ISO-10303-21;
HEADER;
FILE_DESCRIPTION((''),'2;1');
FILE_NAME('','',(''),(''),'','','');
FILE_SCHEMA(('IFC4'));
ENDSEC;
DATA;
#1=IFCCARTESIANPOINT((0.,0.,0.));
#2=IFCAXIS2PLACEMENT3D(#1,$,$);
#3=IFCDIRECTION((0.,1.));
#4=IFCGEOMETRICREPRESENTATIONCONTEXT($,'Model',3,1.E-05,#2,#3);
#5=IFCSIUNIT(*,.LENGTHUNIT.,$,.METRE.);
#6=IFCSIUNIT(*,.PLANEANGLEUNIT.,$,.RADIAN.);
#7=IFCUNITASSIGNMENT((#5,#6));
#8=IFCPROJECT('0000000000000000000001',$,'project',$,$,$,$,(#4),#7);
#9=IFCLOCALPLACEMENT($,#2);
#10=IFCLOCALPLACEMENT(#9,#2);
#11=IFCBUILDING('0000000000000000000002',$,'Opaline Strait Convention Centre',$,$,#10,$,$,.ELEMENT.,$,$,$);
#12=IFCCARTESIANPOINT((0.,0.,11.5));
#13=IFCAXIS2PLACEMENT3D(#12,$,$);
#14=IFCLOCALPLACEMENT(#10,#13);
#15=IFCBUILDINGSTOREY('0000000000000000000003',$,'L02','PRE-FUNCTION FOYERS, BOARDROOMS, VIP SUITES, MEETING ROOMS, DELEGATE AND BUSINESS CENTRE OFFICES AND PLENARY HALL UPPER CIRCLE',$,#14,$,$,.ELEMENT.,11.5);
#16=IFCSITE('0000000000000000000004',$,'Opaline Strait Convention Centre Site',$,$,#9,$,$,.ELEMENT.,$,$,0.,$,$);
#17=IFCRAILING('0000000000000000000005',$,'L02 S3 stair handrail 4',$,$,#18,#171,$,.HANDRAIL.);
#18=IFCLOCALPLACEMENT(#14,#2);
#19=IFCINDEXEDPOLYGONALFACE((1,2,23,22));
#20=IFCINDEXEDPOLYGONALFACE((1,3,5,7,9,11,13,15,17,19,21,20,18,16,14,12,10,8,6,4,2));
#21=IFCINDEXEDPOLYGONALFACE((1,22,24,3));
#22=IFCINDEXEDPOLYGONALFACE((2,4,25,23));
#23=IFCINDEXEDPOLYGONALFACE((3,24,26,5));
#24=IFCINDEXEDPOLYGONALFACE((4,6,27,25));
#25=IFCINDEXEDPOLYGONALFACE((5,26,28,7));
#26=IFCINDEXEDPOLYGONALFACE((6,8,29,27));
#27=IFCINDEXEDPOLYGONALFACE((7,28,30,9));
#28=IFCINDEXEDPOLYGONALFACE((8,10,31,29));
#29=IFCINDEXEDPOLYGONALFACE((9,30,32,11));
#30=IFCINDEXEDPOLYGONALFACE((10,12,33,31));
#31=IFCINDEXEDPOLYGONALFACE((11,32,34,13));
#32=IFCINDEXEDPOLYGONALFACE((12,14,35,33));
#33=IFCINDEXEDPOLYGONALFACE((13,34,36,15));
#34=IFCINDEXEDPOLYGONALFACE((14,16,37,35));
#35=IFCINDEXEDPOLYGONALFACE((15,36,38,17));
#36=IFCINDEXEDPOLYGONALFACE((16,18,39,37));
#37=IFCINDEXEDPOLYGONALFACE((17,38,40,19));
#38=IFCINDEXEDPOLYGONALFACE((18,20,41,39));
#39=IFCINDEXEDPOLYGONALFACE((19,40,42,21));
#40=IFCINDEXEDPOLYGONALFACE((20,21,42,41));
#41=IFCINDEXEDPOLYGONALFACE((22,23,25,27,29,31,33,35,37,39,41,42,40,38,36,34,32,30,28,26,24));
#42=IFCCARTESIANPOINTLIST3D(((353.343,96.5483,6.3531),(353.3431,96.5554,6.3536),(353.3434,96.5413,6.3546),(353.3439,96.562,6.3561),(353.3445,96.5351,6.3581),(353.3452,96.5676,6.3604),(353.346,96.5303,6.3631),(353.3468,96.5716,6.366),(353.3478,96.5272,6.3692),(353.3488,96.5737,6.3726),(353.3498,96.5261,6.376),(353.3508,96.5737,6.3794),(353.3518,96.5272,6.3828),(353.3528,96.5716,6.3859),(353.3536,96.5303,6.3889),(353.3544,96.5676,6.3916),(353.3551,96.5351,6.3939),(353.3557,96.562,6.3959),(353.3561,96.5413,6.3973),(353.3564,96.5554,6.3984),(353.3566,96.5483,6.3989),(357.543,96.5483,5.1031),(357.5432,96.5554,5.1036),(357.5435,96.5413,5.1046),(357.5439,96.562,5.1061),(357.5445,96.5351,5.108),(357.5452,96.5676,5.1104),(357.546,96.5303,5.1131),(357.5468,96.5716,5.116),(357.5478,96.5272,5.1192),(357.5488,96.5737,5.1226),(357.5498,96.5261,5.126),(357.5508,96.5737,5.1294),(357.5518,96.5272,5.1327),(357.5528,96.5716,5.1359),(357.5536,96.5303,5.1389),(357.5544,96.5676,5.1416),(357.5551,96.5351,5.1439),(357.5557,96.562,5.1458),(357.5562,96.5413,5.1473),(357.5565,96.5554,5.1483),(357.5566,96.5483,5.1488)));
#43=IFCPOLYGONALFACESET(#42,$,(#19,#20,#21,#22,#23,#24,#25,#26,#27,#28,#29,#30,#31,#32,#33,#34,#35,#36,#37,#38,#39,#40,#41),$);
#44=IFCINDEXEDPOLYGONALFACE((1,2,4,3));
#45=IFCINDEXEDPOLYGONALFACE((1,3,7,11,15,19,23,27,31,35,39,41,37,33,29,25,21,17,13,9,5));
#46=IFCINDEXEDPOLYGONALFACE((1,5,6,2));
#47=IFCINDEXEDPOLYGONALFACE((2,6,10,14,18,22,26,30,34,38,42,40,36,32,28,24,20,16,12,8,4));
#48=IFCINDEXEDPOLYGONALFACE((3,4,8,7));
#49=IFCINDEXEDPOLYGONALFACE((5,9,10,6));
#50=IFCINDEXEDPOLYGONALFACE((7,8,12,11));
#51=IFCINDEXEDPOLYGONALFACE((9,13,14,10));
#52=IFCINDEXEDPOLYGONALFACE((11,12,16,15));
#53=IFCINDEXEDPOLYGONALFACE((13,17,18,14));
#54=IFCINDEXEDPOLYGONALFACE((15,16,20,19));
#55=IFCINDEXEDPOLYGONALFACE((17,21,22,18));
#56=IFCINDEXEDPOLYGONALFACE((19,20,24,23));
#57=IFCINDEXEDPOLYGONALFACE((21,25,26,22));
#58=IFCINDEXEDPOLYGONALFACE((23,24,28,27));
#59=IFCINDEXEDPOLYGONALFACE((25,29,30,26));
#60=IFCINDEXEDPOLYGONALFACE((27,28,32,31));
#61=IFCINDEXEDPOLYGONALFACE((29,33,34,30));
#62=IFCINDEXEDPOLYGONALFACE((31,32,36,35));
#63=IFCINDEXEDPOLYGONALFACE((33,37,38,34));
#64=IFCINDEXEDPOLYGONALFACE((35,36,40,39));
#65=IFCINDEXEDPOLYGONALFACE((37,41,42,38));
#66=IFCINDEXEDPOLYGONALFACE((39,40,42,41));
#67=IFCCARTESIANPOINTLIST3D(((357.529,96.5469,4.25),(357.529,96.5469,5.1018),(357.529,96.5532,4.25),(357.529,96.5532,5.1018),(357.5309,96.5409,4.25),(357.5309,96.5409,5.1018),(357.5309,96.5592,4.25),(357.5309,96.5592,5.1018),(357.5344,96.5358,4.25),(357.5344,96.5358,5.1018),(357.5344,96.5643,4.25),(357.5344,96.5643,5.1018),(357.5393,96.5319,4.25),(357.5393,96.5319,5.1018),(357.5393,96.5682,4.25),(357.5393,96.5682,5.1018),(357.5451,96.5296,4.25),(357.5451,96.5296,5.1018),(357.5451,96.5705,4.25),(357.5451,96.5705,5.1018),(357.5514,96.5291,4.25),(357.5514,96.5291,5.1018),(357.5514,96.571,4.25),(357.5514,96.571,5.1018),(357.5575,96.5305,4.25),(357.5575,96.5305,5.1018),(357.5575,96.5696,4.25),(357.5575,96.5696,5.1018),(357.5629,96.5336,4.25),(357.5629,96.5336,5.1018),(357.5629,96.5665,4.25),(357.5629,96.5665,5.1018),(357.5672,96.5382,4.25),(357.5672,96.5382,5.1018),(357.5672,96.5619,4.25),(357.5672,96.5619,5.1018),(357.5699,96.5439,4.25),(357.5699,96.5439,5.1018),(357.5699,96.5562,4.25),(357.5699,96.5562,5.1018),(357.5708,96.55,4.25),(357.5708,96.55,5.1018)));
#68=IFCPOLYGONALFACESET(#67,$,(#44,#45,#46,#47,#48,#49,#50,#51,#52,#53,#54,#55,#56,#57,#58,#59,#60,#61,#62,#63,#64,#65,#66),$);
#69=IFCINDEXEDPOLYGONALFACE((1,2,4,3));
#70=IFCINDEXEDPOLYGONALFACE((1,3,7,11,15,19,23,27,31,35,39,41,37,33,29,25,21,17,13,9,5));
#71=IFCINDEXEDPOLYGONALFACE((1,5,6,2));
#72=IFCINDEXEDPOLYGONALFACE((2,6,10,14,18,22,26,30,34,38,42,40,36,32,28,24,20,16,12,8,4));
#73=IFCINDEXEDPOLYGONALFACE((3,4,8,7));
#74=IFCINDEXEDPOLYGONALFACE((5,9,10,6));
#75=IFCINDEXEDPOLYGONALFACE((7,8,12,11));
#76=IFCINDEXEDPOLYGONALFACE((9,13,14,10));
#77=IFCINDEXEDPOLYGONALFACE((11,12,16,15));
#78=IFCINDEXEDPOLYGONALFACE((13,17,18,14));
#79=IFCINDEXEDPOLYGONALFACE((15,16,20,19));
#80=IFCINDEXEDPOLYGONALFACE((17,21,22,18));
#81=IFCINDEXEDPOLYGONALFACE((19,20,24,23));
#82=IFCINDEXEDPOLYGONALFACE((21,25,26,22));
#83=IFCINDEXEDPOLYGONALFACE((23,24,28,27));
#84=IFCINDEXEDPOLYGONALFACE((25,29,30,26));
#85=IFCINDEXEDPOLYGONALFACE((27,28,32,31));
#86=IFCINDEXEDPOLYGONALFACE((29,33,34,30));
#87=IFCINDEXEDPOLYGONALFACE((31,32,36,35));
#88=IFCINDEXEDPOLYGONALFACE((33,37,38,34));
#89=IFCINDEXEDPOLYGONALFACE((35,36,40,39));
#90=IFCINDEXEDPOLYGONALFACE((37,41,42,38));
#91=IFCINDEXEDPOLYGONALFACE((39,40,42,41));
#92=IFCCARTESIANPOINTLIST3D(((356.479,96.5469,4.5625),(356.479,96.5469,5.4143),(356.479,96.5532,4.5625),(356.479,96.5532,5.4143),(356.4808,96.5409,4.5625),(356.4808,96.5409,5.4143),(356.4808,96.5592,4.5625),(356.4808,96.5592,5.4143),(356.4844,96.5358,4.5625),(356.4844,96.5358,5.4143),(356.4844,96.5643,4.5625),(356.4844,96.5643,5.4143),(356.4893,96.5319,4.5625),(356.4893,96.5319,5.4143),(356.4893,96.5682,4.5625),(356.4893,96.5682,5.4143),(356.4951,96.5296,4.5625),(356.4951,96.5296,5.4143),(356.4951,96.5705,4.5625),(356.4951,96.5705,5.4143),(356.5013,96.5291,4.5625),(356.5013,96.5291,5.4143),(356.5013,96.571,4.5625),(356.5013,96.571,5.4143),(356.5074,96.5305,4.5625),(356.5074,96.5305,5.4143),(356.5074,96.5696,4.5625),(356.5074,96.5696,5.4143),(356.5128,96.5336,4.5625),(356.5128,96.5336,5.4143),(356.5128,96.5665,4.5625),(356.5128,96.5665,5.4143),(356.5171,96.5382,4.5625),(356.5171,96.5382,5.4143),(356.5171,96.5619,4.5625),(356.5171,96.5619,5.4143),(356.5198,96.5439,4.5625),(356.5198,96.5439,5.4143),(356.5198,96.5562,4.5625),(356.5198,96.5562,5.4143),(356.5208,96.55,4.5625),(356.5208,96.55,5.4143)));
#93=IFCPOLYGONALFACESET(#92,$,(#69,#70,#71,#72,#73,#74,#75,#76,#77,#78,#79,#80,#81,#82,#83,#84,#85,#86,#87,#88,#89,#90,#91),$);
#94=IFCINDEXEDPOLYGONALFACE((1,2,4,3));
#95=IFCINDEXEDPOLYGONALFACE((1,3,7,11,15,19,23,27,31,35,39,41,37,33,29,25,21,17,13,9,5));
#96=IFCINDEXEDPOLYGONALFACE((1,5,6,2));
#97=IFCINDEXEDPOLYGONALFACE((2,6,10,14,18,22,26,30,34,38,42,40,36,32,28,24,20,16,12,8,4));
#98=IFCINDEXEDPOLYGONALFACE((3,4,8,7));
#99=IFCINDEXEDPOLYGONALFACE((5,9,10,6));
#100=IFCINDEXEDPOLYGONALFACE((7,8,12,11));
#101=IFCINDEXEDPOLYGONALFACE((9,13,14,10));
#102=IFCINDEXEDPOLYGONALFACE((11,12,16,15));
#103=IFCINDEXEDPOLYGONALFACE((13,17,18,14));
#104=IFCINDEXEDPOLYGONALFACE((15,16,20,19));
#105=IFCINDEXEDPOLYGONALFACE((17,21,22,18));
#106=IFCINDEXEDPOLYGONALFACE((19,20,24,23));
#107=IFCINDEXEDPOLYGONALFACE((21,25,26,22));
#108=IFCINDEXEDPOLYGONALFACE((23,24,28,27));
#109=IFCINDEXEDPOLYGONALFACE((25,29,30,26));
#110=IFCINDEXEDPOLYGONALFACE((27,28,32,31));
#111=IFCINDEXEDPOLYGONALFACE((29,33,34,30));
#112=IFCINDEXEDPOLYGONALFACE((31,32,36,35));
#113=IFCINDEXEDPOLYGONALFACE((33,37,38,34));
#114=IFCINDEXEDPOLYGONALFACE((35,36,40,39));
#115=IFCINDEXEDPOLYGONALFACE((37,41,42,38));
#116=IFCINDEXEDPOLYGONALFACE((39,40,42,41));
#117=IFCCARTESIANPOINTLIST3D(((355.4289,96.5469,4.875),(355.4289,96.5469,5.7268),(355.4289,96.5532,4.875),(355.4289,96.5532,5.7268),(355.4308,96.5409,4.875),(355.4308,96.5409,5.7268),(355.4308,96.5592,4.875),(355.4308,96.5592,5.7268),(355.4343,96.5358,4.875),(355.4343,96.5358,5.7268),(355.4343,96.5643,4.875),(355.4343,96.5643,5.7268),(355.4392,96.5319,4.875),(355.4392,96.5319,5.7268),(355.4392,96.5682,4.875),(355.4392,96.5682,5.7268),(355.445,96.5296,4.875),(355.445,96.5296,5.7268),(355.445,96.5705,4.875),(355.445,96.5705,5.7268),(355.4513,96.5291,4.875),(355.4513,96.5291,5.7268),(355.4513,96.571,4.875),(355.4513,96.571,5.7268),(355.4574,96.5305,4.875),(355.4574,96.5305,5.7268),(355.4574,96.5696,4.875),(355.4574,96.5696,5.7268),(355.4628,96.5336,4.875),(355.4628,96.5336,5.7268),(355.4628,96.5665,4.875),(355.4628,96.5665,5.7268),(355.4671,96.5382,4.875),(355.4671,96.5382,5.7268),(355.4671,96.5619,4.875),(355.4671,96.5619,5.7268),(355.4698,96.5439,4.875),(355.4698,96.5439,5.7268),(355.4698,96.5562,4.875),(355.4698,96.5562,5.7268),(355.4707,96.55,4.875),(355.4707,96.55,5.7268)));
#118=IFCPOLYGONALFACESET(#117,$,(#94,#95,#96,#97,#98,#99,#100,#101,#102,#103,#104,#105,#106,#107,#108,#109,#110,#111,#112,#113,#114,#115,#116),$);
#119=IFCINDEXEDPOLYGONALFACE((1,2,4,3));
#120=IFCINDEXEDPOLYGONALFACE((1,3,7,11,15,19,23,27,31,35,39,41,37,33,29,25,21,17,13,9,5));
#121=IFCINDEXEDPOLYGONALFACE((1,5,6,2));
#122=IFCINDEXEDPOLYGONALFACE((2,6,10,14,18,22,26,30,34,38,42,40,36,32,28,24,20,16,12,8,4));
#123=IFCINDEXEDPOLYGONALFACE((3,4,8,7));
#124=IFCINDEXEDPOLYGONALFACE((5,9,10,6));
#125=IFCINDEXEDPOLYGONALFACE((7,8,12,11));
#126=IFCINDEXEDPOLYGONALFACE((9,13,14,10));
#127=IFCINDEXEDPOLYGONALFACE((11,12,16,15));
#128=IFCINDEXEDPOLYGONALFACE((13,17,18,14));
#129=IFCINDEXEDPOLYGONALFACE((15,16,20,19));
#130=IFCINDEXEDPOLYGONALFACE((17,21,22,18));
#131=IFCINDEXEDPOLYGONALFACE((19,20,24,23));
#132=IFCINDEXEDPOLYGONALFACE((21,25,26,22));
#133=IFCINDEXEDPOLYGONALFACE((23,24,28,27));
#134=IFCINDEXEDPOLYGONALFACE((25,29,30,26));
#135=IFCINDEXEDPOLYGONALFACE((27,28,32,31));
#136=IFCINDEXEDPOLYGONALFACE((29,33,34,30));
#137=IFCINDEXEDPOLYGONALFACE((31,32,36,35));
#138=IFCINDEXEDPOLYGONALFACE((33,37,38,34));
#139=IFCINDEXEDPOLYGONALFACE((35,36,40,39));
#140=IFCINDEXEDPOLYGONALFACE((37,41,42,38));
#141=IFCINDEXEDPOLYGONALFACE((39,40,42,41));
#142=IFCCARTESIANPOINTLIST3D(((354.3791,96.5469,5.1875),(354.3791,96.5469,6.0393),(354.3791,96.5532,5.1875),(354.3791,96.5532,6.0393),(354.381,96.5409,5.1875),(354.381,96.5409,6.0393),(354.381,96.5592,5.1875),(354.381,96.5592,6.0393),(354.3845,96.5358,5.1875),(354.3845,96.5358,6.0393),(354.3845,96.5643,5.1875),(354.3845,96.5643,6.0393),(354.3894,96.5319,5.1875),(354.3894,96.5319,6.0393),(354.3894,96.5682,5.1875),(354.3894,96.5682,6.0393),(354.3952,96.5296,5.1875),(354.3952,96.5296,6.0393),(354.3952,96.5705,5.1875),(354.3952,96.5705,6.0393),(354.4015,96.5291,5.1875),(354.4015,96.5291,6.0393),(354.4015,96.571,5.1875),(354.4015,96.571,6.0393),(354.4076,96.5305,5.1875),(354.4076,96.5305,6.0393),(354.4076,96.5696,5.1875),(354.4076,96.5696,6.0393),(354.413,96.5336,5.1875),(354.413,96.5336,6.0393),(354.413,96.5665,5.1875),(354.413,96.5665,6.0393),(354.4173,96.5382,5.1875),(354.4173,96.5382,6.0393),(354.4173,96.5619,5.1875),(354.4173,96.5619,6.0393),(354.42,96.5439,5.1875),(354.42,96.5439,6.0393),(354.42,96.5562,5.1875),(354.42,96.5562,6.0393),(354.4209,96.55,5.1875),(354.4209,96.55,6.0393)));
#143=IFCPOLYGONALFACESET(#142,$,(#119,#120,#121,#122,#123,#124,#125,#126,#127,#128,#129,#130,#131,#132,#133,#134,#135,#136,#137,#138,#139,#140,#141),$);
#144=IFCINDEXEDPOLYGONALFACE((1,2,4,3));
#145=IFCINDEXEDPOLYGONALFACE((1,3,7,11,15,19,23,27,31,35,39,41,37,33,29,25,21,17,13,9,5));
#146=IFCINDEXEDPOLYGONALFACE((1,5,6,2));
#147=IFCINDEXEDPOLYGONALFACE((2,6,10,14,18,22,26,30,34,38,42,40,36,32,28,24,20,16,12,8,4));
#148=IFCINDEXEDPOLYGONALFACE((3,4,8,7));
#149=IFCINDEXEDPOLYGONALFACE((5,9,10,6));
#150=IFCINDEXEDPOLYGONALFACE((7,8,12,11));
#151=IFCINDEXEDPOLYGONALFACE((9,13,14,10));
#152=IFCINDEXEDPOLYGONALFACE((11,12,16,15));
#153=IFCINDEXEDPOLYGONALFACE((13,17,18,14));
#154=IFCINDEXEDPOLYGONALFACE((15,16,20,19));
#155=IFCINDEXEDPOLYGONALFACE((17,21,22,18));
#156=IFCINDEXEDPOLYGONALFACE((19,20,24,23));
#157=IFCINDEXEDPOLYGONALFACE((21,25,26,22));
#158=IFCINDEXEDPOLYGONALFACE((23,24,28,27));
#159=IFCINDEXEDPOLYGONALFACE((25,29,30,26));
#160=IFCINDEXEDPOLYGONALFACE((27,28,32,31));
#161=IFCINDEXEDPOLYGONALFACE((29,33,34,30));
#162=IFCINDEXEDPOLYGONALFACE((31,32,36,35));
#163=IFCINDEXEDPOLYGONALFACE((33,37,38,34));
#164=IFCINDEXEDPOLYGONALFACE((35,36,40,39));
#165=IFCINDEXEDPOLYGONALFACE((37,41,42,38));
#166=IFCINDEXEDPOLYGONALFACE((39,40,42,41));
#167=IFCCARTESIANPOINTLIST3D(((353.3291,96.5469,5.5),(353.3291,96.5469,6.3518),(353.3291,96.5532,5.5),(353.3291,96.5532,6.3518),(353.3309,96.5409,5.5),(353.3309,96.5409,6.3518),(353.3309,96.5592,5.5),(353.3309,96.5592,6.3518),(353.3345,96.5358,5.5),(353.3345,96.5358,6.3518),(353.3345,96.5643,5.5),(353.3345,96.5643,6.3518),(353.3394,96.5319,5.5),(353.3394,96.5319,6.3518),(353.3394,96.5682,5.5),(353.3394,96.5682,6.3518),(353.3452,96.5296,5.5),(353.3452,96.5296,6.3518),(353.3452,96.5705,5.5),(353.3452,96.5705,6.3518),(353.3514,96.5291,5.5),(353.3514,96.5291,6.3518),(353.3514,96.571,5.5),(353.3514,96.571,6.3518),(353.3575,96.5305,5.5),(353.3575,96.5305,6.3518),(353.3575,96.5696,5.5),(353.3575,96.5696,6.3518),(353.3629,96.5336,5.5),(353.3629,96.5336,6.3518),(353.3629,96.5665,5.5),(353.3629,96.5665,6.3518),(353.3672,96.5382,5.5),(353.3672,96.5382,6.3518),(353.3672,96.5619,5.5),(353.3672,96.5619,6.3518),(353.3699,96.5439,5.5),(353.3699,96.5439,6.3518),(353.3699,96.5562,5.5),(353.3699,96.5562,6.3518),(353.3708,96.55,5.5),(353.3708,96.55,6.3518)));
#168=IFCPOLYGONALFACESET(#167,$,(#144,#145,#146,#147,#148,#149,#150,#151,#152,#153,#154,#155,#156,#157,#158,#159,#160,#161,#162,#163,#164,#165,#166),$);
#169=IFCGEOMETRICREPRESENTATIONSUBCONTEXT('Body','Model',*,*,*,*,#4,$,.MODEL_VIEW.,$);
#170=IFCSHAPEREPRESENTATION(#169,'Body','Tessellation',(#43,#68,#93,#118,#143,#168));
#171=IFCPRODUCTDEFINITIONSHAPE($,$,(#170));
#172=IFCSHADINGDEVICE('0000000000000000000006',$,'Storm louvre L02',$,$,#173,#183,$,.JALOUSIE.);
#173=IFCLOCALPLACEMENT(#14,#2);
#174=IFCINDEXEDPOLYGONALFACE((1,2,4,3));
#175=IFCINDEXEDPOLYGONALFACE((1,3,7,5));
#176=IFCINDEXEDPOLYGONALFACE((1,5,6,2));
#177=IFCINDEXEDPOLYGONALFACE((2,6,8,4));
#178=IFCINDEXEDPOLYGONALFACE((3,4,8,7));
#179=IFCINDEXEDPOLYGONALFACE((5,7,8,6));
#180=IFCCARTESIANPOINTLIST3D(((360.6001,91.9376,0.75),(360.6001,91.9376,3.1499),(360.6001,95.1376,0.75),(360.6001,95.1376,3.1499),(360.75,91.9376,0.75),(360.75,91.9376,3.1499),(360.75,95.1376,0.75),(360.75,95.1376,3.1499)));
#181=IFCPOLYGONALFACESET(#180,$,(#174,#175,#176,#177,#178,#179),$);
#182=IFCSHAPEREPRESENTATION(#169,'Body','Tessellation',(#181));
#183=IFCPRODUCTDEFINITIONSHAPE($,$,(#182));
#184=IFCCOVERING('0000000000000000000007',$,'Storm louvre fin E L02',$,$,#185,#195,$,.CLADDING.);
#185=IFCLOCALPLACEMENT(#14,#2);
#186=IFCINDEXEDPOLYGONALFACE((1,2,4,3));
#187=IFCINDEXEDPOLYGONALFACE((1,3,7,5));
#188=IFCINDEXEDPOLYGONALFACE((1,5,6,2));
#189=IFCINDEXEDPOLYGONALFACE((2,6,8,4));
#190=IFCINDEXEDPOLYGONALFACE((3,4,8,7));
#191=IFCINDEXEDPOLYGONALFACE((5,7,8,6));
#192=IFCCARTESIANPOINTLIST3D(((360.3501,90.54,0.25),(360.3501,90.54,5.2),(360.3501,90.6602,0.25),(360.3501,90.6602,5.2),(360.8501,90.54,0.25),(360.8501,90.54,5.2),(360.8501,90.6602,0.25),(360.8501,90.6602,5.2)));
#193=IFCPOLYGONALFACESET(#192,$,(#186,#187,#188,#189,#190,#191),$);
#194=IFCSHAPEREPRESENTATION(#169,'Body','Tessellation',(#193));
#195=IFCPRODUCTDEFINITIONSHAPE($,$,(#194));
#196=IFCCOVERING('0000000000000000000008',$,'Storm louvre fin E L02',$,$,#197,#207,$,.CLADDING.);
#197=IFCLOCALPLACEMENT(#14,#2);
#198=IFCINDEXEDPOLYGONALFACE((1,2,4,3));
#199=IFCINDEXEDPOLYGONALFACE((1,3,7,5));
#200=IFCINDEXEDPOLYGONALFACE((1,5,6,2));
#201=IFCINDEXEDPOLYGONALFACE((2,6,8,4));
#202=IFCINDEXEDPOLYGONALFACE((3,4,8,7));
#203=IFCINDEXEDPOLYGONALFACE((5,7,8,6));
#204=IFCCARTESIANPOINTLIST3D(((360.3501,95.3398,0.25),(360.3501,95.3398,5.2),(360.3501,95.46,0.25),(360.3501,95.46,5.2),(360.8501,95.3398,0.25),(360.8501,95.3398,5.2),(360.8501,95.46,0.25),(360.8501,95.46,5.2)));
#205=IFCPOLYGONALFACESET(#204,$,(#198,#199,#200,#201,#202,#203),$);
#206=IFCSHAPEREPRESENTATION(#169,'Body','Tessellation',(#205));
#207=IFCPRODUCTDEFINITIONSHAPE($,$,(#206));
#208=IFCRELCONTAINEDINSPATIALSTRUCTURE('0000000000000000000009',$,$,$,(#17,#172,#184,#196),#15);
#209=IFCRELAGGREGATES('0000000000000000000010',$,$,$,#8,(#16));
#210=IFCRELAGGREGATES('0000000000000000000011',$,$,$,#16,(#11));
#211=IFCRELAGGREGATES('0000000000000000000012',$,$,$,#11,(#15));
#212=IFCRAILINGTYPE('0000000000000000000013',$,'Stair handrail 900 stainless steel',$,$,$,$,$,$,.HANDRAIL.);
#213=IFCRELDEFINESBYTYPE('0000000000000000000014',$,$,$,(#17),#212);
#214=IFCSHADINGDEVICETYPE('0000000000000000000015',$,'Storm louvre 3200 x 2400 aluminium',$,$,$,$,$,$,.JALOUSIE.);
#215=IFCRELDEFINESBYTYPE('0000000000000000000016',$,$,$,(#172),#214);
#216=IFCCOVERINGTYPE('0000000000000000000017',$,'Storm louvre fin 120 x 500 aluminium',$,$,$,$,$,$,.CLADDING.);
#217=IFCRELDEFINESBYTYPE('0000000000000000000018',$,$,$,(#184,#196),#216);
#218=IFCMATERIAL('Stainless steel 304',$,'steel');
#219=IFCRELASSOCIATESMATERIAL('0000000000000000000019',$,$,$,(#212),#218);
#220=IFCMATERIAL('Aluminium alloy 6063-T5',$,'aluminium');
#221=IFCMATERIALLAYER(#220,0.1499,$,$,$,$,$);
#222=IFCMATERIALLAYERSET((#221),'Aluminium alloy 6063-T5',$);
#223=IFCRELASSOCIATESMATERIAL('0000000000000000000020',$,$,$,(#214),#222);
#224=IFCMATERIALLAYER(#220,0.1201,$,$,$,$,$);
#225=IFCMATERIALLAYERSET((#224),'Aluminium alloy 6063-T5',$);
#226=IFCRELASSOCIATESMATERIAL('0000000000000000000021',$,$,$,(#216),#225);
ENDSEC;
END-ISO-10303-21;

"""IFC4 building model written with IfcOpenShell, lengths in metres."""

from ifc_helpers import new_model, si_unit, direction, frame, origin, origin_2d, place, context, subcontext, project, spatial, rectangle, circle, extrude, material, layer, layer_set, type_object, element, save


model = new_model("IFC4")

# Units and contexts
model_context = context("Model", 3, precision=1e-05, world=origin(), true_north=direction((0.0, 1.0)))
body_context = subcontext(model_context, "Body", "Model", "MODEL_VIEW")
ifc_project = project(units=[si_unit("LENGTHUNIT", "METRE"), si_unit("PLANEANGLEUNIT", "RADIAN")], contexts=[model_context])

# Site, building, storey
site_placement = place(None, origin())
site = spatial("IfcSite", under=ifc_project, at=site_placement, Name="Opaline Strait Convention Centre Site", CompositionType="ELEMENT", RefElevation=0.0)
building_placement = place(site_placement, origin())
building = spatial("IfcBuilding", under=site, at=building_placement, Name="Opaline Strait Convention Centre", CompositionType="ELEMENT")
storey_placement = place(building_placement, frame((0.0, 0.0, 11.5)))
storey = spatial("IfcBuildingStorey", under=building, at=storey_placement, Name="L02", Description="PRE-FUNCTION FOYERS, BOARDROOMS, VIP SUITES, MEETING ROOMS, DELEGATE AND BUSINESS CENTRE OFFICES AND PLENARY HALL UPPER CIRCLE", CompositionType="ELEMENT", Elevation=11.5)

# Railing
ifc_material_1 = material(Name="Stainless steel 304", Category="steel")
railing_type_1 = type_object("IfcRailingType", Name="Stair handrail 900 stainless steel", PredefinedType="HANDRAIL", material=ifc_material_1)
for number, where, name in (
    (1, (357.5498, 96.55, 4.25), "L02 S3 stair handrail 4"),
):
    element("IfcRailing", number, at=place(storey_placement, frame(where)), inside=storey, type_object=railing_type_1, Name=name, PredefinedType="HANDRAIL", context=body_context, shape_type="SweptSolid", body=[
        extrude(circle(Radius=0.0239, at=origin_2d()), frame((0.0, 0.0, 0.876), z_axis=(-0.958451, 0.0, 0.285257), x_axis=(0.0, -1.0, 0.0)), (0.0, 0.0, 1.0), 4.3821),
        extrude(circle(Radius=0.021, at=origin_2d()), origin(), (0.0, 0.0, 1.0), 0.8518),
        extrude(circle(Radius=0.021, at=origin_2d()), frame((-1.05, 0.0, 0.3125)), (0.0, 0.0, 1.0), 0.8518),
        extrude(circle(Radius=0.021, at=origin_2d()), frame((-2.1001, 0.0, 0.625)), (0.0, 0.0, 1.0), 0.8518),
        extrude(circle(Radius=0.021, at=origin_2d()), frame((-3.1499, 0.0, 0.9375)), (0.0, 0.0, 1.0), 0.8518),
        extrude(circle(Radius=0.021, at=origin_2d()), frame((-4.2, 0.0, 1.25)), (0.0, 0.0, 1.0), 0.8518),
    ])

# Shading device
ifc_material_2 = material(Name="Aluminium alloy 6063-T5", Category="aluminium")
ifc_layer_1 = layer(ifc_material_2, 0.1499)
ifc_layer_set_1 = layer_set([ifc_layer_1], Name="Aluminium alloy 6063-T5")
shading_device_type = type_object("IfcShadingDeviceType", Name="Storm louvre 3200 x 2400 aluminium", PredefinedType="JALOUSIE", material=ifc_layer_set_1)
shading_device_placement = place(storey_placement, frame((360.675, 93.5376, 0.75), z_axis=(0.0, 0.0, 1.0), x_axis=(1.0, 0.0, 0.0)))
element("IfcShadingDevice", 2, at=shading_device_placement, inside=storey, type_object=shading_device_type, Name="Storm louvre L02", PredefinedType="JALOUSIE", context=body_context, shape_type="SweptSolid", body=[
    extrude(rectangle(XDim=0.1499, YDim=3.2, at=origin_2d()), origin(), (0.0, 0.0, 1.0), 2.3999),
])

# Coverings
ifc_layer_2 = layer(ifc_material_2, 0.1201)
ifc_layer_set_2 = layer_set([ifc_layer_2], Name="Aluminium alloy 6063-T5")
covering_type = type_object("IfcCoveringType", Name="Storm louvre fin 120 x 500 aluminium", PredefinedType="CLADDING", material=ifc_layer_set_2)
for number, where, z_axis, x_axis, name in (
    (3, (360.6001, 90.6001, 0.25), (0.0, 0.0, 1.0), (1.0, 0.0, 0.0), "Storm louvre fin E L02"),
    (4, (360.6001, 95.3999, 0.25), (0.0, 0.0, 1.0), (1.0, 0.0, 0.0), "Storm louvre fin E L02"),
):
    element("IfcCovering", number, at=place(storey_placement, frame(where, z_axis=z_axis, x_axis=x_axis)), inside=storey, type_object=covering_type, Name=name, PredefinedType="CLADDING", context=body_context, shape_type="SweptSolid", body=[
        extrude(rectangle(XDim=0.5, YDim=0.1201, at=origin_2d()), origin(), (0.0, 0.0, 1.0), 4.95),
    ])

save(model, "model.ifc")
